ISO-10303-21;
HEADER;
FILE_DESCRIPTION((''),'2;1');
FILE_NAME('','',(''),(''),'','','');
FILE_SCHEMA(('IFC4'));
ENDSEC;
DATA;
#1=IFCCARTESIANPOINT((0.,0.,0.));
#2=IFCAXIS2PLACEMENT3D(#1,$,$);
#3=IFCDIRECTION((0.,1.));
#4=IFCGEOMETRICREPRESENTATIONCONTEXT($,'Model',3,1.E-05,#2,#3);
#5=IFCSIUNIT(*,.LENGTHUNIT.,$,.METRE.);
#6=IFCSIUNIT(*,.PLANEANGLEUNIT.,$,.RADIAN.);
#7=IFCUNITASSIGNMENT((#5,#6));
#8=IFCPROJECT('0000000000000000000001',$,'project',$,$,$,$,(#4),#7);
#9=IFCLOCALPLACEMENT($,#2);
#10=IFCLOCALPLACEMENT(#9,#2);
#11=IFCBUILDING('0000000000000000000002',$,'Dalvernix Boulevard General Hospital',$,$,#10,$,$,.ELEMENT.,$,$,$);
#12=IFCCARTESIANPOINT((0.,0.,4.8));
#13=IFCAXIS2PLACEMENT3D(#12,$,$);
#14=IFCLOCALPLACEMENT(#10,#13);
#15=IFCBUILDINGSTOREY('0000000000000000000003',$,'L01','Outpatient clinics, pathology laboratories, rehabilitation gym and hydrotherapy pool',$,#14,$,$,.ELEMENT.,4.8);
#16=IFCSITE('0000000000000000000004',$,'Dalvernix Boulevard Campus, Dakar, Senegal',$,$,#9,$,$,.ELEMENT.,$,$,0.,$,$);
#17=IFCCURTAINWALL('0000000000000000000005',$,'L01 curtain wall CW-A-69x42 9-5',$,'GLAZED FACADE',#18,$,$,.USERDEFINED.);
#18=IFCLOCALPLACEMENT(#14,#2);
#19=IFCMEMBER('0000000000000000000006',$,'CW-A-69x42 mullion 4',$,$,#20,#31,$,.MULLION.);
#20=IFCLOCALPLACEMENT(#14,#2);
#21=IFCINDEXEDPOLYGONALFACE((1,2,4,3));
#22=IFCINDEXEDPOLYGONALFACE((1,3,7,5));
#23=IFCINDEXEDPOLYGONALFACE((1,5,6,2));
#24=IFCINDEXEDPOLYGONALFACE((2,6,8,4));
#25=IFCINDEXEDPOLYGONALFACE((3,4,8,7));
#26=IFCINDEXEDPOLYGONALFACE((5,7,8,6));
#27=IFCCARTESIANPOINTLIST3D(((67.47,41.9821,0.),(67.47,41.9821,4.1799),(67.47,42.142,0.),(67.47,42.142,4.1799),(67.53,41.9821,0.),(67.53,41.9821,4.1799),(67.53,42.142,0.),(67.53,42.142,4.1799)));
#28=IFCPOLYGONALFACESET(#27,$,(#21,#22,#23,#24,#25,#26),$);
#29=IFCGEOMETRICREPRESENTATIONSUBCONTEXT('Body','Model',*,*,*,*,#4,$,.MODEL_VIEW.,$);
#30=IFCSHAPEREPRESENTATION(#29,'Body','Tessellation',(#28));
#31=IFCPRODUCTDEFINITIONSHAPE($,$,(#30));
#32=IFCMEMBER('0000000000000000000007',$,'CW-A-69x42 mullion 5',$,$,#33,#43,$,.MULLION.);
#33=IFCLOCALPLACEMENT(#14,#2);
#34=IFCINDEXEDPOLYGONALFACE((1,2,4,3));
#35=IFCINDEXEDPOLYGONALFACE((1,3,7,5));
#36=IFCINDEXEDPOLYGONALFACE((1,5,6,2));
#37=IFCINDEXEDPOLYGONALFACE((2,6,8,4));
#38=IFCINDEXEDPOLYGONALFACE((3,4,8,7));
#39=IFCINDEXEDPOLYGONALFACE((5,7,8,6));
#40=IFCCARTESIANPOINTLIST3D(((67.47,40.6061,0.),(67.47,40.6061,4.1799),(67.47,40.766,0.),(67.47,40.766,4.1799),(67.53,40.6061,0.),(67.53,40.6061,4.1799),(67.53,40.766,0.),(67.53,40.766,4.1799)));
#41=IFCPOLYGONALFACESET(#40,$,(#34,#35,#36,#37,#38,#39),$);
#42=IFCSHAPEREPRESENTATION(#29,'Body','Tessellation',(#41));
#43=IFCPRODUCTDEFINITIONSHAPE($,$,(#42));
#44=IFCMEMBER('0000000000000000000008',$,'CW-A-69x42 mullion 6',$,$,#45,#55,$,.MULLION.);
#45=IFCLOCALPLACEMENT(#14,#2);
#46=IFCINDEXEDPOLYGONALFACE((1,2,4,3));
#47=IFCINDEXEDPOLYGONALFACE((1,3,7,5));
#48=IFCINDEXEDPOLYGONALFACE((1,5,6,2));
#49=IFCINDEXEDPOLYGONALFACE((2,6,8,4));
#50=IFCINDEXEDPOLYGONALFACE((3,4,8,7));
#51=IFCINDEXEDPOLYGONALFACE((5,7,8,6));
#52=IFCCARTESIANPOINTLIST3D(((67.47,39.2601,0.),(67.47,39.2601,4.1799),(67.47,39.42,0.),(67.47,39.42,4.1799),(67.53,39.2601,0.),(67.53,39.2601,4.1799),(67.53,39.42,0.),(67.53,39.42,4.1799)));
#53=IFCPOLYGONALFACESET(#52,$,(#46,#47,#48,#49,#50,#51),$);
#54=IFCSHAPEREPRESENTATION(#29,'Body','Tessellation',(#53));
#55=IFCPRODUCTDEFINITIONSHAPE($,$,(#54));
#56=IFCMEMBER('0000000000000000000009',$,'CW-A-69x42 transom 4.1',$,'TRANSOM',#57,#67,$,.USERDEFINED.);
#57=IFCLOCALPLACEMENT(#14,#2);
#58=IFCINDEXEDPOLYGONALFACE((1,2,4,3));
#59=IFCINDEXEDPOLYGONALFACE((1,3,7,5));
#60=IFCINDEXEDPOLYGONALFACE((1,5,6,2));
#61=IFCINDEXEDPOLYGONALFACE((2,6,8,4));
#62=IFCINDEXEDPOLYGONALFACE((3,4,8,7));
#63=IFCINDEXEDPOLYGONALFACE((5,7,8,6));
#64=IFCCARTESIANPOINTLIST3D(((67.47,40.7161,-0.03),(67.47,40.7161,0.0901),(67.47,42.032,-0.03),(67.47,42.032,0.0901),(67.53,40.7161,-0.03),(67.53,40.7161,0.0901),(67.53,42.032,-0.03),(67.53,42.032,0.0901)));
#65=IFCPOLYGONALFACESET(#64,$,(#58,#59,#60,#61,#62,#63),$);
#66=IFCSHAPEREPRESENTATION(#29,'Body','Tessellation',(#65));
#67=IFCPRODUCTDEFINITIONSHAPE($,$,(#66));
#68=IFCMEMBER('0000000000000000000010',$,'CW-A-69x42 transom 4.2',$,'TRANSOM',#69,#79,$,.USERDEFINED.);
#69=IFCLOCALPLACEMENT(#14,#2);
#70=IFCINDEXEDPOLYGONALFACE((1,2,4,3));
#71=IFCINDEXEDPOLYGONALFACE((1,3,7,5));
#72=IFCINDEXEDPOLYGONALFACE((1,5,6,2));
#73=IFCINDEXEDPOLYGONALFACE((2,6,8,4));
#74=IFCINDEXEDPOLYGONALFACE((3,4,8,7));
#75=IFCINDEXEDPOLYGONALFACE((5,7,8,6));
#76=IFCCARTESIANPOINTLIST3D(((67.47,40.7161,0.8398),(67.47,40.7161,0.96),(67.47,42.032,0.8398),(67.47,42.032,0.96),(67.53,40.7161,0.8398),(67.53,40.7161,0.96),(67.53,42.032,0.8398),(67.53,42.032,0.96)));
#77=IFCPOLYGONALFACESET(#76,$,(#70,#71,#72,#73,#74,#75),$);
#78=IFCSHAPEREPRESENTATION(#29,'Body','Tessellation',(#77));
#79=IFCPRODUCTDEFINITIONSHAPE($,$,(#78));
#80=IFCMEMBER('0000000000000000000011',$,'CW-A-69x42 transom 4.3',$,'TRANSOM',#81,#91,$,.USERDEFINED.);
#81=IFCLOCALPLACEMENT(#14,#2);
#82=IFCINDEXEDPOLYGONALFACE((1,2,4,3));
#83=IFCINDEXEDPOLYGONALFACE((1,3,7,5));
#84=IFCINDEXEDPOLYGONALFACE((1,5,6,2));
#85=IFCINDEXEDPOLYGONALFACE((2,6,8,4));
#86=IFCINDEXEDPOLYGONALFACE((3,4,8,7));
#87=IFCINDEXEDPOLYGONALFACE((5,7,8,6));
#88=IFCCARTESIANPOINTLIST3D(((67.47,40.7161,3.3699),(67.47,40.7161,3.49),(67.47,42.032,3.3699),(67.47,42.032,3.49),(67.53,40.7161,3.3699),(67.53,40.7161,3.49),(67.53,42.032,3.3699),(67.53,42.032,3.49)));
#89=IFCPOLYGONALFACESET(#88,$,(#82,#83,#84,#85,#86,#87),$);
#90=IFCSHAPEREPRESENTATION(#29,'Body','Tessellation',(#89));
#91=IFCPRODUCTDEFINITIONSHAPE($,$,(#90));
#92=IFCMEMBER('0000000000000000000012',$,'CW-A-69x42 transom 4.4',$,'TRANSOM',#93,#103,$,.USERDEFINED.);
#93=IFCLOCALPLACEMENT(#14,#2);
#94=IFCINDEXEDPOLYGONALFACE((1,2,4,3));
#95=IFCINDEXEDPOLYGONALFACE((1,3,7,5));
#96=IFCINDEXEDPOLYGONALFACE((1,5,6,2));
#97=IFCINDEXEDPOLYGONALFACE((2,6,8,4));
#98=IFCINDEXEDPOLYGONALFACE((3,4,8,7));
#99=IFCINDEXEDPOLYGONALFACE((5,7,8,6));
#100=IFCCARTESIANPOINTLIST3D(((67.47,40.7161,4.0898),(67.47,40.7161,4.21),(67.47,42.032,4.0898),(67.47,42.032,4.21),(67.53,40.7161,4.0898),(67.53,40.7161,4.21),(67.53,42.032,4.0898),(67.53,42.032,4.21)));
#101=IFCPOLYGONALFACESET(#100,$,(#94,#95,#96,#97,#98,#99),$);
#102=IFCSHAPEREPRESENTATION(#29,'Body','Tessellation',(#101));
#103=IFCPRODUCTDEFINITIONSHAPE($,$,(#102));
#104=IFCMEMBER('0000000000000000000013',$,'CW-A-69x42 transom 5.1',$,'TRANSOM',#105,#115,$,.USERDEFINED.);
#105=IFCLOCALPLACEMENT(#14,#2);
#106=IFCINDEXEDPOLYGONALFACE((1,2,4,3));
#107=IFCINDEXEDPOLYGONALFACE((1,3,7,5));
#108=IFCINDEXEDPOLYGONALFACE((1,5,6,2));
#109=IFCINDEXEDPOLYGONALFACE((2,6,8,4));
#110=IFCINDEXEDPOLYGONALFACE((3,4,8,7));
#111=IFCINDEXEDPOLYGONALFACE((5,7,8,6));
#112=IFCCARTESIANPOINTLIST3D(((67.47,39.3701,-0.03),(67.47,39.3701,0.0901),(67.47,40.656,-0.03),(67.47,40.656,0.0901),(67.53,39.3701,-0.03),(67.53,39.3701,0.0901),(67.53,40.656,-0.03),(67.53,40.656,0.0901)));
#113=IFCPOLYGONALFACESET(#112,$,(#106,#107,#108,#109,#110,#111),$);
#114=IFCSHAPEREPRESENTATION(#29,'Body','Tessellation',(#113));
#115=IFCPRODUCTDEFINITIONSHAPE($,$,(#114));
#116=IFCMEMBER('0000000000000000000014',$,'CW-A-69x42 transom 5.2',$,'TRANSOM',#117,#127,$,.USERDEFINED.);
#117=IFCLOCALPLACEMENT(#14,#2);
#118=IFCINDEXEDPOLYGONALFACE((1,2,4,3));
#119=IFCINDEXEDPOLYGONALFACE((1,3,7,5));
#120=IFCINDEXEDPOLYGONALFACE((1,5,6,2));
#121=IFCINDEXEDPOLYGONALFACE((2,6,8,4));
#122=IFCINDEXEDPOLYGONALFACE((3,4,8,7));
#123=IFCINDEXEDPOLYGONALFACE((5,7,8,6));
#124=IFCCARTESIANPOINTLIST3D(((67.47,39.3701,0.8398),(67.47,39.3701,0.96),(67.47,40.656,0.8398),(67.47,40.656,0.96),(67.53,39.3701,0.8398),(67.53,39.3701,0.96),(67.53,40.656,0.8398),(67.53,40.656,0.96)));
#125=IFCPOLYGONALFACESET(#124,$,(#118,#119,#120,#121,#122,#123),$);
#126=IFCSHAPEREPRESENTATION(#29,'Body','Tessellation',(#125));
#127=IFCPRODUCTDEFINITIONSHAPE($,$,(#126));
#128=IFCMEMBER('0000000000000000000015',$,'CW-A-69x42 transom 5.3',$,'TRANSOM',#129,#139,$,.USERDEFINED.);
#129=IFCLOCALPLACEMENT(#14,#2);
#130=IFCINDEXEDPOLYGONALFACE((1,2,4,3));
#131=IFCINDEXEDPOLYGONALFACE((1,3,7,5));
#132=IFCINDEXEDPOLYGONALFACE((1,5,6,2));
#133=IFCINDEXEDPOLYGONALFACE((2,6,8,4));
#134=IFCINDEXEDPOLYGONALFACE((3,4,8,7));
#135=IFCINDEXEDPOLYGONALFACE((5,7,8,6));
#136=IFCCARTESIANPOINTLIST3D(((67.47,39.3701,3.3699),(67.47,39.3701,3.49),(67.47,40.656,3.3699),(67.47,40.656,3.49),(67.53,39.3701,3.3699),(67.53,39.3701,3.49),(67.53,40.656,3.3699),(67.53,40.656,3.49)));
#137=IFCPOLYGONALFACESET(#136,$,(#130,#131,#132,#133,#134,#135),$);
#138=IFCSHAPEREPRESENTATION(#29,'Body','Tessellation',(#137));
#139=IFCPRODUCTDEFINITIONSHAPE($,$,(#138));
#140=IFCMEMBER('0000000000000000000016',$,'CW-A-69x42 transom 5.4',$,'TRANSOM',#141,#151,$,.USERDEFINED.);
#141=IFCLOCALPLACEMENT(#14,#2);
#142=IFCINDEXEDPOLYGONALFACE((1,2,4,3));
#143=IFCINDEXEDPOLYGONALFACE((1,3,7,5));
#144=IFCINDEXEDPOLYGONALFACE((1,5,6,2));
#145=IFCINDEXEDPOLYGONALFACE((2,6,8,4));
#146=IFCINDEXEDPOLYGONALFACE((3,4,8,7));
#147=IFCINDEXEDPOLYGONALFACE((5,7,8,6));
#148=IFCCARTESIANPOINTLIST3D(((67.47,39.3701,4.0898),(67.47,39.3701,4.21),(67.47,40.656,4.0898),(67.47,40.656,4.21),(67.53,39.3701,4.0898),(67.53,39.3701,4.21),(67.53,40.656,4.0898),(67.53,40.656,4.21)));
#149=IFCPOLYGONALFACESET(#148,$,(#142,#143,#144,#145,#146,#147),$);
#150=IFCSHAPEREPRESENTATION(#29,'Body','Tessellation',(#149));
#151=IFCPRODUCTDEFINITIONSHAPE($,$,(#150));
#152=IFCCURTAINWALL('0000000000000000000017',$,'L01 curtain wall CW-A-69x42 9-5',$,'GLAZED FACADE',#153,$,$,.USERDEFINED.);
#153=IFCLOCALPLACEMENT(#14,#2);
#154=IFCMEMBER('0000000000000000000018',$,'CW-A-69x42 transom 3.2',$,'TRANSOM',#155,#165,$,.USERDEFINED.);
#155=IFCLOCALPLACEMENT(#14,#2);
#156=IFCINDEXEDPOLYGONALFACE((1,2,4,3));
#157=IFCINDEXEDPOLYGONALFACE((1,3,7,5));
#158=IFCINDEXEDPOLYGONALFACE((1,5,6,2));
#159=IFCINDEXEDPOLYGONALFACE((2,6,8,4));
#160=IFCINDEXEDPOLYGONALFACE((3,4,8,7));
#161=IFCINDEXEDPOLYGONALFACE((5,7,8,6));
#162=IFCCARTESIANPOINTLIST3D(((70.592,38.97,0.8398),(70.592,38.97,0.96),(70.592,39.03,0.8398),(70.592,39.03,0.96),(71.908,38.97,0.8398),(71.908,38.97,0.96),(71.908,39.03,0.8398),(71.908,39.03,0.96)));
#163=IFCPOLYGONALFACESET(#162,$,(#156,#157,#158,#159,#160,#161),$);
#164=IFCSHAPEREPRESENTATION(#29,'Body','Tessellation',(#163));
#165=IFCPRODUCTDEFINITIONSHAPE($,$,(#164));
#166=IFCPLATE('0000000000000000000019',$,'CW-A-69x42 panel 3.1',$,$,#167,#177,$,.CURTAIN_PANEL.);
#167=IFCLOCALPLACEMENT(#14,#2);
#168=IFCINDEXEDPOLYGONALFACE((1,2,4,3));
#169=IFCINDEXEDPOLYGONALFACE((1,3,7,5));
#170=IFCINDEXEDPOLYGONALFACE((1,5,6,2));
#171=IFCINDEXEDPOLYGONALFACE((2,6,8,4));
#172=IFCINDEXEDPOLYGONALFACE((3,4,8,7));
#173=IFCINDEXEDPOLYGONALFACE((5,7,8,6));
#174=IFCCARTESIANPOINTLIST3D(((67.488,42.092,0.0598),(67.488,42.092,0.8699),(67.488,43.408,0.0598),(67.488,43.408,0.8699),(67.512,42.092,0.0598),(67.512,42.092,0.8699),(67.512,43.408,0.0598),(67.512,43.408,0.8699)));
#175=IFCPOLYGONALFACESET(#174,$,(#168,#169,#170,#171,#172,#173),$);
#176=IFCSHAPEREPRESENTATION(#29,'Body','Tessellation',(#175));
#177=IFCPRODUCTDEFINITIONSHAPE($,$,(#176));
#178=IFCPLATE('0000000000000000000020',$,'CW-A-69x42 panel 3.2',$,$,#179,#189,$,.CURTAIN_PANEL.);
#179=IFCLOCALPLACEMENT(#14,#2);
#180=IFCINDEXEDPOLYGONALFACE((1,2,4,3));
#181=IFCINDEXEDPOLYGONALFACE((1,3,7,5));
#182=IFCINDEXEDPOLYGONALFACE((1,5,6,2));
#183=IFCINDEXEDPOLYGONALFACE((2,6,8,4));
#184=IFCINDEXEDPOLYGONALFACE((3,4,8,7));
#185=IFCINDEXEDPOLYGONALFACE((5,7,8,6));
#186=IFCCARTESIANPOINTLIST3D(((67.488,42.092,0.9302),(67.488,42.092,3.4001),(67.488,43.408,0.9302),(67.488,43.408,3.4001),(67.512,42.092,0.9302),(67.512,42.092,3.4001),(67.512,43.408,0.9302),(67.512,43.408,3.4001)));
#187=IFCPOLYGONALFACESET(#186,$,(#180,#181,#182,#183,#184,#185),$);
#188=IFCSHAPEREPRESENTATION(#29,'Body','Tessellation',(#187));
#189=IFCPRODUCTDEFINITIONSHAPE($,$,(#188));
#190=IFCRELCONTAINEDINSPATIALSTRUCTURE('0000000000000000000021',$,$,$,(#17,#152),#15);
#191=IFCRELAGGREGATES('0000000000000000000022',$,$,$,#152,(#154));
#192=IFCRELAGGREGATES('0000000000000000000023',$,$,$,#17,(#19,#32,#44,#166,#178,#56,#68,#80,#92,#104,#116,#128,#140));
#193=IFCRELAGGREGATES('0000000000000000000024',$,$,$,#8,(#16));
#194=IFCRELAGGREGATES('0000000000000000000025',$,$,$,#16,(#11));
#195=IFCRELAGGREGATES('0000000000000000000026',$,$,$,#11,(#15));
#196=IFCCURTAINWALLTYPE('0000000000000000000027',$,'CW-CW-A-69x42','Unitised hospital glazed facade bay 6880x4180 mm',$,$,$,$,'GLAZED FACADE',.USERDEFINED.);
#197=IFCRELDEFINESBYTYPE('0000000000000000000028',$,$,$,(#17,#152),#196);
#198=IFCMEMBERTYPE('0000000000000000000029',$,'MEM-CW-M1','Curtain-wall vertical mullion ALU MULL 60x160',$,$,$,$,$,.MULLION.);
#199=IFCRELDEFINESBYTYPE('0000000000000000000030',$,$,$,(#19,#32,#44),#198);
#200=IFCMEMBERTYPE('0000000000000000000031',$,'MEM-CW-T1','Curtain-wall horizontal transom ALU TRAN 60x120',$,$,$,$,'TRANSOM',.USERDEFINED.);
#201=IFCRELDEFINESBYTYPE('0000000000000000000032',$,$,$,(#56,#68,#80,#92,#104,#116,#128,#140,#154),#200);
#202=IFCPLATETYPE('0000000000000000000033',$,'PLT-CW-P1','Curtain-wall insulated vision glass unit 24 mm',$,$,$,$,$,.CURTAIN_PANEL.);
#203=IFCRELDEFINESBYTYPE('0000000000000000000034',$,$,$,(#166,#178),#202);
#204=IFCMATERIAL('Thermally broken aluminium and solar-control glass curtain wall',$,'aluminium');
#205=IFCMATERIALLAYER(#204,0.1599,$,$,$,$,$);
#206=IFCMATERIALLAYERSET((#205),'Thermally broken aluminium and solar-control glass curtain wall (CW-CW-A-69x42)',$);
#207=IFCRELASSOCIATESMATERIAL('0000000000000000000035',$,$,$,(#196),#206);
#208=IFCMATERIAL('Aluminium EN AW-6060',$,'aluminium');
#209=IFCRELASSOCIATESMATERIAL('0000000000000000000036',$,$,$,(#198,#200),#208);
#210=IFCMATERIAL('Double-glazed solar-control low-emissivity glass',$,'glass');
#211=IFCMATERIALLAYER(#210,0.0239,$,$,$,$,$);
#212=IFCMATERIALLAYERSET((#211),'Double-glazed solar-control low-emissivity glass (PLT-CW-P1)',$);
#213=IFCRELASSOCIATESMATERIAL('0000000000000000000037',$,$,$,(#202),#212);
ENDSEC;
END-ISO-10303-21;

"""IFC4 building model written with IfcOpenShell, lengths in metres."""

from ifc_helpers import new_model, si_unit, direction, frame, origin, origin_2d, place, context, subcontext, project, spatial, rectangle, extrude, material, layer, layer_set, material_profile, profile_set, type_object, element, aggregate, save


model = new_model("IFC4")

# Units and contexts
model_context = context("Model", 3, precision=1e-05, world=origin(), true_north=direction((0.0, 1.0)))
body_context = subcontext(model_context, "Body", "Model", "MODEL_VIEW")
ifc_project = project(units=[si_unit("LENGTHUNIT", "METRE"), si_unit("PLANEANGLEUNIT", "RADIAN")], contexts=[model_context])

# Site, building, storey
site_placement = place(None, origin())
site = spatial("IfcSite", under=ifc_project, at=site_placement, Name="Dalvernix Boulevard Campus, Dakar, Senegal", CompositionType="ELEMENT", RefElevation=0.0)
building_placement = place(site_placement, origin())
building = spatial("IfcBuilding", under=site, at=building_placement, Name="Dalvernix Boulevard General Hospital", CompositionType="ELEMENT")
storey_placement = place(building_placement, frame((0.0, 0.0, 4.8)))
storey = spatial("IfcBuildingStorey", under=building, at=storey_placement, Name="L01", Description="Outpatient clinics, pathology laboratories, rehabilitation gym and hydrotherapy pool", CompositionType="ELEMENT", Elevation=4.8)

# Curtain wall, members
ifc_material_1 = material(Name="Thermally broken aluminium and solar-control glass curtain wall", Category="aluminium")
ifc_layer_1 = layer(ifc_material_1, 0.1599)
ifc_layer_set_1 = layer_set([ifc_layer_1], Name="Thermally broken aluminium and solar-control glass curtain wall (CW-CW-A-69x42)")
curtain_wall_type = type_object("IfcCurtainWallType", Name="CW-CW-A-69x42", Description="Unitised hospital glazed facade bay 6880x4180 mm", ElementType="GLAZED FACADE", PredefinedType="USERDEFINED", material=ifc_layer_set_1)
curtain_wall_1_placement = place(storey_placement, origin())
curtain_wall_1 = element("IfcCurtainWall", 1, at=curtain_wall_1_placement, inside=storey, type_object=curtain_wall_type, Name="L01 curtain wall CW-A-69x42 9-5", ObjectType="GLAZED FACADE", PredefinedType="USERDEFINED")
ifc_material_2 = material(Name="Aluminium EN AW-6060", Category="aluminium")
ifc_material_profile_1 = material_profile(ifc_material_2, rectangle(XDim=0.0601, YDim=0.1599, at=origin_2d()), Name="ALU MULL 60x160")
ifc_profile_set_1 = profile_set([ifc_material_profile_1], Name="Aluminium EN AW-6060")
member_type_1 = type_object("IfcMemberType", Name="MEM-CW-M1", Description="Curtain-wall vertical mullion ALU MULL 60x160", PredefinedType="MULLION", material=ifc_profile_set_1)
member_1_placement = place(storey_placement, frame((67.5, 42.062, 0.0), z_axis=(0.0, 0.0, 1.0), x_axis=(1.0, 0.0, 0.0)))
member_1 = element("IfcMember", 2, at=member_1_placement, type_object=member_type_1, Name="CW-A-69x42 mullion 4", PredefinedType="MULLION", context=body_context, shape_type="SweptSolid", body=[
    extrude(rectangle(XDim=0.0601, YDim=0.1599, at=origin_2d()), origin(), (0.0, 0.0, 1.0), 4.1799),
])
member_2_placement = place(storey_placement, frame((67.5, 40.686, 0.0), z_axis=(0.0, 0.0, 1.0), x_axis=(1.0, 0.0, 0.0)))
member_2 = element("IfcMember", 3, at=member_2_placement, type_object=member_type_1, Name="CW-A-69x42 mullion 5", PredefinedType="MULLION", context=body_context, shape_type="SweptSolid", body=[
    extrude(rectangle(XDim=0.0601, YDim=0.1599, at=origin_2d()), origin(), (0.0, 0.0, 1.0), 4.1799),
])
member_3_placement = place(storey_placement, frame((67.5, 39.3401, 0.0), z_axis=(0.0, 0.0, 1.0), x_axis=(1.0, 0.0, 0.0)))
member_3 = element("IfcMember", 4, at=member_3_placement, type_object=member_type_1, Name="CW-A-69x42 mullion 6", PredefinedType="MULLION", context=body_context, shape_type="SweptSolid", body=[
    extrude(rectangle(XDim=0.0601, YDim=0.1599, at=origin_2d()), origin(), (0.0, 0.0, 1.0), 4.1799),
])
ifc_material_profile_2 = material_profile(ifc_material_2, rectangle(XDim=0.0601, YDim=0.1201, at=origin_2d()), Name="ALU TRAN 60x120")
ifc_profile_set_2 = profile_set([ifc_material_profile_2], Name="Aluminium EN AW-6060")
member_type_2 = type_object("IfcMemberType", Name="MEM-CW-T1", Description="Curtain-wall horizontal transom ALU TRAN 60x120", ElementType="TRANSOM", PredefinedType="USERDEFINED", material=ifc_profile_set_2)
member_4_placement = place(storey_placement, frame((67.5, 42.032, 0.03), z_axis=(0.0, -1.0, 0.0), x_axis=(1.0, 0.0, 0.0)))
member_4 = element("IfcMember", 5, at=member_4_placement, type_object=member_type_2, Name="CW-A-69x42 transom 4.1", ObjectType="TRANSOM", PredefinedType="USERDEFINED", context=body_context, shape_type="SweptSolid", body=[
    extrude(rectangle(XDim=0.0601, YDim=0.1201, at=origin_2d()), origin(), (0.0, 0.0, 1.0), 1.3159),
])
member_5_placement = place(storey_placement, frame((67.5, 42.032, 0.8999), z_axis=(0.0, -1.0, 0.0), x_axis=(1.0, 0.0, 0.0)))
member_5 = element("IfcMember", 6, at=member_5_placement, type_object=member_type_2, Name="CW-A-69x42 transom 4.2", ObjectType="TRANSOM", PredefinedType="USERDEFINED", context=body_context, shape_type="SweptSolid", body=[
    extrude(rectangle(XDim=0.0601, YDim=0.1201, at=origin_2d()), origin(), (0.0, 0.0, 1.0), 1.3159),
])
member_6_placement = place(storey_placement, frame((67.5, 42.032, 3.4299), z_axis=(0.0, -1.0, 0.0), x_axis=(1.0, 0.0, 0.0)))
member_6 = element("IfcMember", 7, at=member_6_placement, type_object=member_type_2, Name="CW-A-69x42 transom 4.3", ObjectType="TRANSOM", PredefinedType="USERDEFINED", context=body_context, shape_type="SweptSolid", body=[
    extrude(rectangle(XDim=0.0601, YDim=0.1201, at=origin_2d()), origin(), (0.0, 0.0, 1.0), 1.3159),
])
member_7_placement = place(storey_placement, frame((67.5, 42.032, 4.1499), z_axis=(0.0, -1.0, 0.0), x_axis=(1.0, 0.0, 0.0)))
member_7 = element("IfcMember", 8, at=member_7_placement, type_object=member_type_2, Name="CW-A-69x42 transom 4.4", ObjectType="TRANSOM", PredefinedType="USERDEFINED", context=body_context, shape_type="SweptSolid", body=[
    extrude(rectangle(XDim=0.0601, YDim=0.1201, at=origin_2d()), origin(), (0.0, 0.0, 1.0), 1.3159),
])
member_8_placement = place(storey_placement, frame((67.5, 40.656, 0.03), z_axis=(0.0, -1.0, 0.0), x_axis=(1.0, 0.0, 0.0)))
member_8 = element("IfcMember", 9, at=member_8_placement, type_object=member_type_2, Name="CW-A-69x42 transom 5.1", ObjectType="TRANSOM", PredefinedType="USERDEFINED", context=body_context, shape_type="SweptSolid", body=[
    extrude(rectangle(XDim=0.0601, YDim=0.1201, at=origin_2d()), origin(), (0.0, 0.0, 1.0), 1.2859),
])
member_9_placement = place(storey_placement, frame((67.5, 40.656, 0.8999), z_axis=(0.0, -1.0, 0.0), x_axis=(1.0, 0.0, 0.0)))
member_9 = element("IfcMember", 10, at=member_9_placement, type_object=member_type_2, Name="CW-A-69x42 transom 5.2", ObjectType="TRANSOM", PredefinedType="USERDEFINED", context=body_context, shape_type="SweptSolid", body=[
    extrude(rectangle(XDim=0.0601, YDim=0.1201, at=origin_2d()), origin(), (0.0, 0.0, 1.0), 1.2859),
])
member_10_placement = place(storey_placement, frame((67.5, 40.656, 3.4299), z_axis=(0.0, -1.0, 0.0), x_axis=(1.0, 0.0, 0.0)))
member_10 = element("IfcMember", 11, at=member_10_placement, type_object=member_type_2, Name="CW-A-69x42 transom 5.3", ObjectType="TRANSOM", PredefinedType="USERDEFINED", context=body_context, shape_type="SweptSolid", body=[
    extrude(rectangle(XDim=0.0601, YDim=0.1201, at=origin_2d()), origin(), (0.0, 0.0, 1.0), 1.2859),
])
member_11_placement = place(storey_placement, frame((67.5, 40.656, 4.1499), z_axis=(0.0, -1.0, 0.0), x_axis=(1.0, 0.0, 0.0)))
member_11 = element("IfcMember", 12, at=member_11_placement, type_object=member_type_2, Name="CW-A-69x42 transom 5.4", ObjectType="TRANSOM", PredefinedType="USERDEFINED", context=body_context, shape_type="SweptSolid", body=[
    extrude(rectangle(XDim=0.0601, YDim=0.1201, at=origin_2d()), origin(), (0.0, 0.0, 1.0), 1.2859),
])

# Curtain wall, member
curtain_wall_2_placement = place(storey_placement, origin())
curtain_wall_2 = element("IfcCurtainWall", 13, at=curtain_wall_2_placement, inside=storey, type_object=curtain_wall_type, Name="L01 curtain wall CW-A-69x42 9-5", ObjectType="GLAZED FACADE", PredefinedType="USERDEFINED")
member_12_placement = place(storey_placement, frame((70.592, 39.0, 0.8999), z_axis=(1.0, 0.0, 0.0), x_axis=(0.0, 1.0, 0.0)))
member_12 = element("IfcMember", 14, at=member_12_placement, type_object=member_type_2, Name="CW-A-69x42 transom 3.2", ObjectType="TRANSOM", PredefinedType="USERDEFINED", context=body_context, shape_type="SweptSolid", body=[
    extrude(rectangle(XDim=0.0601, YDim=0.1201, at=origin_2d()), origin(), (0.0, 0.0, 1.0), 1.3159),
])
aggregate(curtain_wall_2, [member_12])

# Plates
ifc_material_3 = material(Name="Double-glazed solar-control low-emissivity glass", Category="glass")
ifc_layer_2 = layer(ifc_material_3, 0.0239)
ifc_layer_set_2 = layer_set([ifc_layer_2], Name="Double-glazed solar-control low-emissivity glass (PLT-CW-P1)")
plate_type = type_object("IfcPlateType", Name="PLT-CW-P1", Description="Curtain-wall insulated vision glass unit 24 mm", PredefinedType="CURTAIN_PANEL", material=ifc_layer_set_2)
plate_1_placement = place(storey_placement, frame((67.5, 42.75, 0.0598), z_axis=(0.0, 0.0, 1.0), x_axis=(0.0, -1.0, 0.0)))
plate_1 = element("IfcPlate", 15, at=plate_1_placement, type_object=plate_type, Name="CW-A-69x42 panel 3.1", PredefinedType="CURTAIN_PANEL", context=body_context, shape_type="SweptSolid", body=[
    extrude(rectangle(XDim=1.3159, YDim=0.0239, at=origin_2d()), origin(), (0.0, 0.0, 1.0), 0.8101),
])
plate_2_placement = place(storey_placement, frame((67.5, 42.75, 0.9302), z_axis=(0.0, 0.0, 1.0), x_axis=(0.0, -1.0, 0.0)))
plate_2 = element("IfcPlate", 16, at=plate_2_placement, type_object=plate_type, Name="CW-A-69x42 panel 3.2", PredefinedType="CURTAIN_PANEL", context=body_context, shape_type="SweptSolid", body=[
    extrude(rectangle(XDim=1.3159, YDim=0.0239, at=origin_2d()), origin(), (0.0, 0.0, 1.0), 2.47),
])
aggregate(curtain_wall_1, [member_1, member_2, member_3, plate_1, plate_2, member_4, member_5, member_6, member_7, member_8, member_9, member_10, member_11])

save(model, "model.ifc")
